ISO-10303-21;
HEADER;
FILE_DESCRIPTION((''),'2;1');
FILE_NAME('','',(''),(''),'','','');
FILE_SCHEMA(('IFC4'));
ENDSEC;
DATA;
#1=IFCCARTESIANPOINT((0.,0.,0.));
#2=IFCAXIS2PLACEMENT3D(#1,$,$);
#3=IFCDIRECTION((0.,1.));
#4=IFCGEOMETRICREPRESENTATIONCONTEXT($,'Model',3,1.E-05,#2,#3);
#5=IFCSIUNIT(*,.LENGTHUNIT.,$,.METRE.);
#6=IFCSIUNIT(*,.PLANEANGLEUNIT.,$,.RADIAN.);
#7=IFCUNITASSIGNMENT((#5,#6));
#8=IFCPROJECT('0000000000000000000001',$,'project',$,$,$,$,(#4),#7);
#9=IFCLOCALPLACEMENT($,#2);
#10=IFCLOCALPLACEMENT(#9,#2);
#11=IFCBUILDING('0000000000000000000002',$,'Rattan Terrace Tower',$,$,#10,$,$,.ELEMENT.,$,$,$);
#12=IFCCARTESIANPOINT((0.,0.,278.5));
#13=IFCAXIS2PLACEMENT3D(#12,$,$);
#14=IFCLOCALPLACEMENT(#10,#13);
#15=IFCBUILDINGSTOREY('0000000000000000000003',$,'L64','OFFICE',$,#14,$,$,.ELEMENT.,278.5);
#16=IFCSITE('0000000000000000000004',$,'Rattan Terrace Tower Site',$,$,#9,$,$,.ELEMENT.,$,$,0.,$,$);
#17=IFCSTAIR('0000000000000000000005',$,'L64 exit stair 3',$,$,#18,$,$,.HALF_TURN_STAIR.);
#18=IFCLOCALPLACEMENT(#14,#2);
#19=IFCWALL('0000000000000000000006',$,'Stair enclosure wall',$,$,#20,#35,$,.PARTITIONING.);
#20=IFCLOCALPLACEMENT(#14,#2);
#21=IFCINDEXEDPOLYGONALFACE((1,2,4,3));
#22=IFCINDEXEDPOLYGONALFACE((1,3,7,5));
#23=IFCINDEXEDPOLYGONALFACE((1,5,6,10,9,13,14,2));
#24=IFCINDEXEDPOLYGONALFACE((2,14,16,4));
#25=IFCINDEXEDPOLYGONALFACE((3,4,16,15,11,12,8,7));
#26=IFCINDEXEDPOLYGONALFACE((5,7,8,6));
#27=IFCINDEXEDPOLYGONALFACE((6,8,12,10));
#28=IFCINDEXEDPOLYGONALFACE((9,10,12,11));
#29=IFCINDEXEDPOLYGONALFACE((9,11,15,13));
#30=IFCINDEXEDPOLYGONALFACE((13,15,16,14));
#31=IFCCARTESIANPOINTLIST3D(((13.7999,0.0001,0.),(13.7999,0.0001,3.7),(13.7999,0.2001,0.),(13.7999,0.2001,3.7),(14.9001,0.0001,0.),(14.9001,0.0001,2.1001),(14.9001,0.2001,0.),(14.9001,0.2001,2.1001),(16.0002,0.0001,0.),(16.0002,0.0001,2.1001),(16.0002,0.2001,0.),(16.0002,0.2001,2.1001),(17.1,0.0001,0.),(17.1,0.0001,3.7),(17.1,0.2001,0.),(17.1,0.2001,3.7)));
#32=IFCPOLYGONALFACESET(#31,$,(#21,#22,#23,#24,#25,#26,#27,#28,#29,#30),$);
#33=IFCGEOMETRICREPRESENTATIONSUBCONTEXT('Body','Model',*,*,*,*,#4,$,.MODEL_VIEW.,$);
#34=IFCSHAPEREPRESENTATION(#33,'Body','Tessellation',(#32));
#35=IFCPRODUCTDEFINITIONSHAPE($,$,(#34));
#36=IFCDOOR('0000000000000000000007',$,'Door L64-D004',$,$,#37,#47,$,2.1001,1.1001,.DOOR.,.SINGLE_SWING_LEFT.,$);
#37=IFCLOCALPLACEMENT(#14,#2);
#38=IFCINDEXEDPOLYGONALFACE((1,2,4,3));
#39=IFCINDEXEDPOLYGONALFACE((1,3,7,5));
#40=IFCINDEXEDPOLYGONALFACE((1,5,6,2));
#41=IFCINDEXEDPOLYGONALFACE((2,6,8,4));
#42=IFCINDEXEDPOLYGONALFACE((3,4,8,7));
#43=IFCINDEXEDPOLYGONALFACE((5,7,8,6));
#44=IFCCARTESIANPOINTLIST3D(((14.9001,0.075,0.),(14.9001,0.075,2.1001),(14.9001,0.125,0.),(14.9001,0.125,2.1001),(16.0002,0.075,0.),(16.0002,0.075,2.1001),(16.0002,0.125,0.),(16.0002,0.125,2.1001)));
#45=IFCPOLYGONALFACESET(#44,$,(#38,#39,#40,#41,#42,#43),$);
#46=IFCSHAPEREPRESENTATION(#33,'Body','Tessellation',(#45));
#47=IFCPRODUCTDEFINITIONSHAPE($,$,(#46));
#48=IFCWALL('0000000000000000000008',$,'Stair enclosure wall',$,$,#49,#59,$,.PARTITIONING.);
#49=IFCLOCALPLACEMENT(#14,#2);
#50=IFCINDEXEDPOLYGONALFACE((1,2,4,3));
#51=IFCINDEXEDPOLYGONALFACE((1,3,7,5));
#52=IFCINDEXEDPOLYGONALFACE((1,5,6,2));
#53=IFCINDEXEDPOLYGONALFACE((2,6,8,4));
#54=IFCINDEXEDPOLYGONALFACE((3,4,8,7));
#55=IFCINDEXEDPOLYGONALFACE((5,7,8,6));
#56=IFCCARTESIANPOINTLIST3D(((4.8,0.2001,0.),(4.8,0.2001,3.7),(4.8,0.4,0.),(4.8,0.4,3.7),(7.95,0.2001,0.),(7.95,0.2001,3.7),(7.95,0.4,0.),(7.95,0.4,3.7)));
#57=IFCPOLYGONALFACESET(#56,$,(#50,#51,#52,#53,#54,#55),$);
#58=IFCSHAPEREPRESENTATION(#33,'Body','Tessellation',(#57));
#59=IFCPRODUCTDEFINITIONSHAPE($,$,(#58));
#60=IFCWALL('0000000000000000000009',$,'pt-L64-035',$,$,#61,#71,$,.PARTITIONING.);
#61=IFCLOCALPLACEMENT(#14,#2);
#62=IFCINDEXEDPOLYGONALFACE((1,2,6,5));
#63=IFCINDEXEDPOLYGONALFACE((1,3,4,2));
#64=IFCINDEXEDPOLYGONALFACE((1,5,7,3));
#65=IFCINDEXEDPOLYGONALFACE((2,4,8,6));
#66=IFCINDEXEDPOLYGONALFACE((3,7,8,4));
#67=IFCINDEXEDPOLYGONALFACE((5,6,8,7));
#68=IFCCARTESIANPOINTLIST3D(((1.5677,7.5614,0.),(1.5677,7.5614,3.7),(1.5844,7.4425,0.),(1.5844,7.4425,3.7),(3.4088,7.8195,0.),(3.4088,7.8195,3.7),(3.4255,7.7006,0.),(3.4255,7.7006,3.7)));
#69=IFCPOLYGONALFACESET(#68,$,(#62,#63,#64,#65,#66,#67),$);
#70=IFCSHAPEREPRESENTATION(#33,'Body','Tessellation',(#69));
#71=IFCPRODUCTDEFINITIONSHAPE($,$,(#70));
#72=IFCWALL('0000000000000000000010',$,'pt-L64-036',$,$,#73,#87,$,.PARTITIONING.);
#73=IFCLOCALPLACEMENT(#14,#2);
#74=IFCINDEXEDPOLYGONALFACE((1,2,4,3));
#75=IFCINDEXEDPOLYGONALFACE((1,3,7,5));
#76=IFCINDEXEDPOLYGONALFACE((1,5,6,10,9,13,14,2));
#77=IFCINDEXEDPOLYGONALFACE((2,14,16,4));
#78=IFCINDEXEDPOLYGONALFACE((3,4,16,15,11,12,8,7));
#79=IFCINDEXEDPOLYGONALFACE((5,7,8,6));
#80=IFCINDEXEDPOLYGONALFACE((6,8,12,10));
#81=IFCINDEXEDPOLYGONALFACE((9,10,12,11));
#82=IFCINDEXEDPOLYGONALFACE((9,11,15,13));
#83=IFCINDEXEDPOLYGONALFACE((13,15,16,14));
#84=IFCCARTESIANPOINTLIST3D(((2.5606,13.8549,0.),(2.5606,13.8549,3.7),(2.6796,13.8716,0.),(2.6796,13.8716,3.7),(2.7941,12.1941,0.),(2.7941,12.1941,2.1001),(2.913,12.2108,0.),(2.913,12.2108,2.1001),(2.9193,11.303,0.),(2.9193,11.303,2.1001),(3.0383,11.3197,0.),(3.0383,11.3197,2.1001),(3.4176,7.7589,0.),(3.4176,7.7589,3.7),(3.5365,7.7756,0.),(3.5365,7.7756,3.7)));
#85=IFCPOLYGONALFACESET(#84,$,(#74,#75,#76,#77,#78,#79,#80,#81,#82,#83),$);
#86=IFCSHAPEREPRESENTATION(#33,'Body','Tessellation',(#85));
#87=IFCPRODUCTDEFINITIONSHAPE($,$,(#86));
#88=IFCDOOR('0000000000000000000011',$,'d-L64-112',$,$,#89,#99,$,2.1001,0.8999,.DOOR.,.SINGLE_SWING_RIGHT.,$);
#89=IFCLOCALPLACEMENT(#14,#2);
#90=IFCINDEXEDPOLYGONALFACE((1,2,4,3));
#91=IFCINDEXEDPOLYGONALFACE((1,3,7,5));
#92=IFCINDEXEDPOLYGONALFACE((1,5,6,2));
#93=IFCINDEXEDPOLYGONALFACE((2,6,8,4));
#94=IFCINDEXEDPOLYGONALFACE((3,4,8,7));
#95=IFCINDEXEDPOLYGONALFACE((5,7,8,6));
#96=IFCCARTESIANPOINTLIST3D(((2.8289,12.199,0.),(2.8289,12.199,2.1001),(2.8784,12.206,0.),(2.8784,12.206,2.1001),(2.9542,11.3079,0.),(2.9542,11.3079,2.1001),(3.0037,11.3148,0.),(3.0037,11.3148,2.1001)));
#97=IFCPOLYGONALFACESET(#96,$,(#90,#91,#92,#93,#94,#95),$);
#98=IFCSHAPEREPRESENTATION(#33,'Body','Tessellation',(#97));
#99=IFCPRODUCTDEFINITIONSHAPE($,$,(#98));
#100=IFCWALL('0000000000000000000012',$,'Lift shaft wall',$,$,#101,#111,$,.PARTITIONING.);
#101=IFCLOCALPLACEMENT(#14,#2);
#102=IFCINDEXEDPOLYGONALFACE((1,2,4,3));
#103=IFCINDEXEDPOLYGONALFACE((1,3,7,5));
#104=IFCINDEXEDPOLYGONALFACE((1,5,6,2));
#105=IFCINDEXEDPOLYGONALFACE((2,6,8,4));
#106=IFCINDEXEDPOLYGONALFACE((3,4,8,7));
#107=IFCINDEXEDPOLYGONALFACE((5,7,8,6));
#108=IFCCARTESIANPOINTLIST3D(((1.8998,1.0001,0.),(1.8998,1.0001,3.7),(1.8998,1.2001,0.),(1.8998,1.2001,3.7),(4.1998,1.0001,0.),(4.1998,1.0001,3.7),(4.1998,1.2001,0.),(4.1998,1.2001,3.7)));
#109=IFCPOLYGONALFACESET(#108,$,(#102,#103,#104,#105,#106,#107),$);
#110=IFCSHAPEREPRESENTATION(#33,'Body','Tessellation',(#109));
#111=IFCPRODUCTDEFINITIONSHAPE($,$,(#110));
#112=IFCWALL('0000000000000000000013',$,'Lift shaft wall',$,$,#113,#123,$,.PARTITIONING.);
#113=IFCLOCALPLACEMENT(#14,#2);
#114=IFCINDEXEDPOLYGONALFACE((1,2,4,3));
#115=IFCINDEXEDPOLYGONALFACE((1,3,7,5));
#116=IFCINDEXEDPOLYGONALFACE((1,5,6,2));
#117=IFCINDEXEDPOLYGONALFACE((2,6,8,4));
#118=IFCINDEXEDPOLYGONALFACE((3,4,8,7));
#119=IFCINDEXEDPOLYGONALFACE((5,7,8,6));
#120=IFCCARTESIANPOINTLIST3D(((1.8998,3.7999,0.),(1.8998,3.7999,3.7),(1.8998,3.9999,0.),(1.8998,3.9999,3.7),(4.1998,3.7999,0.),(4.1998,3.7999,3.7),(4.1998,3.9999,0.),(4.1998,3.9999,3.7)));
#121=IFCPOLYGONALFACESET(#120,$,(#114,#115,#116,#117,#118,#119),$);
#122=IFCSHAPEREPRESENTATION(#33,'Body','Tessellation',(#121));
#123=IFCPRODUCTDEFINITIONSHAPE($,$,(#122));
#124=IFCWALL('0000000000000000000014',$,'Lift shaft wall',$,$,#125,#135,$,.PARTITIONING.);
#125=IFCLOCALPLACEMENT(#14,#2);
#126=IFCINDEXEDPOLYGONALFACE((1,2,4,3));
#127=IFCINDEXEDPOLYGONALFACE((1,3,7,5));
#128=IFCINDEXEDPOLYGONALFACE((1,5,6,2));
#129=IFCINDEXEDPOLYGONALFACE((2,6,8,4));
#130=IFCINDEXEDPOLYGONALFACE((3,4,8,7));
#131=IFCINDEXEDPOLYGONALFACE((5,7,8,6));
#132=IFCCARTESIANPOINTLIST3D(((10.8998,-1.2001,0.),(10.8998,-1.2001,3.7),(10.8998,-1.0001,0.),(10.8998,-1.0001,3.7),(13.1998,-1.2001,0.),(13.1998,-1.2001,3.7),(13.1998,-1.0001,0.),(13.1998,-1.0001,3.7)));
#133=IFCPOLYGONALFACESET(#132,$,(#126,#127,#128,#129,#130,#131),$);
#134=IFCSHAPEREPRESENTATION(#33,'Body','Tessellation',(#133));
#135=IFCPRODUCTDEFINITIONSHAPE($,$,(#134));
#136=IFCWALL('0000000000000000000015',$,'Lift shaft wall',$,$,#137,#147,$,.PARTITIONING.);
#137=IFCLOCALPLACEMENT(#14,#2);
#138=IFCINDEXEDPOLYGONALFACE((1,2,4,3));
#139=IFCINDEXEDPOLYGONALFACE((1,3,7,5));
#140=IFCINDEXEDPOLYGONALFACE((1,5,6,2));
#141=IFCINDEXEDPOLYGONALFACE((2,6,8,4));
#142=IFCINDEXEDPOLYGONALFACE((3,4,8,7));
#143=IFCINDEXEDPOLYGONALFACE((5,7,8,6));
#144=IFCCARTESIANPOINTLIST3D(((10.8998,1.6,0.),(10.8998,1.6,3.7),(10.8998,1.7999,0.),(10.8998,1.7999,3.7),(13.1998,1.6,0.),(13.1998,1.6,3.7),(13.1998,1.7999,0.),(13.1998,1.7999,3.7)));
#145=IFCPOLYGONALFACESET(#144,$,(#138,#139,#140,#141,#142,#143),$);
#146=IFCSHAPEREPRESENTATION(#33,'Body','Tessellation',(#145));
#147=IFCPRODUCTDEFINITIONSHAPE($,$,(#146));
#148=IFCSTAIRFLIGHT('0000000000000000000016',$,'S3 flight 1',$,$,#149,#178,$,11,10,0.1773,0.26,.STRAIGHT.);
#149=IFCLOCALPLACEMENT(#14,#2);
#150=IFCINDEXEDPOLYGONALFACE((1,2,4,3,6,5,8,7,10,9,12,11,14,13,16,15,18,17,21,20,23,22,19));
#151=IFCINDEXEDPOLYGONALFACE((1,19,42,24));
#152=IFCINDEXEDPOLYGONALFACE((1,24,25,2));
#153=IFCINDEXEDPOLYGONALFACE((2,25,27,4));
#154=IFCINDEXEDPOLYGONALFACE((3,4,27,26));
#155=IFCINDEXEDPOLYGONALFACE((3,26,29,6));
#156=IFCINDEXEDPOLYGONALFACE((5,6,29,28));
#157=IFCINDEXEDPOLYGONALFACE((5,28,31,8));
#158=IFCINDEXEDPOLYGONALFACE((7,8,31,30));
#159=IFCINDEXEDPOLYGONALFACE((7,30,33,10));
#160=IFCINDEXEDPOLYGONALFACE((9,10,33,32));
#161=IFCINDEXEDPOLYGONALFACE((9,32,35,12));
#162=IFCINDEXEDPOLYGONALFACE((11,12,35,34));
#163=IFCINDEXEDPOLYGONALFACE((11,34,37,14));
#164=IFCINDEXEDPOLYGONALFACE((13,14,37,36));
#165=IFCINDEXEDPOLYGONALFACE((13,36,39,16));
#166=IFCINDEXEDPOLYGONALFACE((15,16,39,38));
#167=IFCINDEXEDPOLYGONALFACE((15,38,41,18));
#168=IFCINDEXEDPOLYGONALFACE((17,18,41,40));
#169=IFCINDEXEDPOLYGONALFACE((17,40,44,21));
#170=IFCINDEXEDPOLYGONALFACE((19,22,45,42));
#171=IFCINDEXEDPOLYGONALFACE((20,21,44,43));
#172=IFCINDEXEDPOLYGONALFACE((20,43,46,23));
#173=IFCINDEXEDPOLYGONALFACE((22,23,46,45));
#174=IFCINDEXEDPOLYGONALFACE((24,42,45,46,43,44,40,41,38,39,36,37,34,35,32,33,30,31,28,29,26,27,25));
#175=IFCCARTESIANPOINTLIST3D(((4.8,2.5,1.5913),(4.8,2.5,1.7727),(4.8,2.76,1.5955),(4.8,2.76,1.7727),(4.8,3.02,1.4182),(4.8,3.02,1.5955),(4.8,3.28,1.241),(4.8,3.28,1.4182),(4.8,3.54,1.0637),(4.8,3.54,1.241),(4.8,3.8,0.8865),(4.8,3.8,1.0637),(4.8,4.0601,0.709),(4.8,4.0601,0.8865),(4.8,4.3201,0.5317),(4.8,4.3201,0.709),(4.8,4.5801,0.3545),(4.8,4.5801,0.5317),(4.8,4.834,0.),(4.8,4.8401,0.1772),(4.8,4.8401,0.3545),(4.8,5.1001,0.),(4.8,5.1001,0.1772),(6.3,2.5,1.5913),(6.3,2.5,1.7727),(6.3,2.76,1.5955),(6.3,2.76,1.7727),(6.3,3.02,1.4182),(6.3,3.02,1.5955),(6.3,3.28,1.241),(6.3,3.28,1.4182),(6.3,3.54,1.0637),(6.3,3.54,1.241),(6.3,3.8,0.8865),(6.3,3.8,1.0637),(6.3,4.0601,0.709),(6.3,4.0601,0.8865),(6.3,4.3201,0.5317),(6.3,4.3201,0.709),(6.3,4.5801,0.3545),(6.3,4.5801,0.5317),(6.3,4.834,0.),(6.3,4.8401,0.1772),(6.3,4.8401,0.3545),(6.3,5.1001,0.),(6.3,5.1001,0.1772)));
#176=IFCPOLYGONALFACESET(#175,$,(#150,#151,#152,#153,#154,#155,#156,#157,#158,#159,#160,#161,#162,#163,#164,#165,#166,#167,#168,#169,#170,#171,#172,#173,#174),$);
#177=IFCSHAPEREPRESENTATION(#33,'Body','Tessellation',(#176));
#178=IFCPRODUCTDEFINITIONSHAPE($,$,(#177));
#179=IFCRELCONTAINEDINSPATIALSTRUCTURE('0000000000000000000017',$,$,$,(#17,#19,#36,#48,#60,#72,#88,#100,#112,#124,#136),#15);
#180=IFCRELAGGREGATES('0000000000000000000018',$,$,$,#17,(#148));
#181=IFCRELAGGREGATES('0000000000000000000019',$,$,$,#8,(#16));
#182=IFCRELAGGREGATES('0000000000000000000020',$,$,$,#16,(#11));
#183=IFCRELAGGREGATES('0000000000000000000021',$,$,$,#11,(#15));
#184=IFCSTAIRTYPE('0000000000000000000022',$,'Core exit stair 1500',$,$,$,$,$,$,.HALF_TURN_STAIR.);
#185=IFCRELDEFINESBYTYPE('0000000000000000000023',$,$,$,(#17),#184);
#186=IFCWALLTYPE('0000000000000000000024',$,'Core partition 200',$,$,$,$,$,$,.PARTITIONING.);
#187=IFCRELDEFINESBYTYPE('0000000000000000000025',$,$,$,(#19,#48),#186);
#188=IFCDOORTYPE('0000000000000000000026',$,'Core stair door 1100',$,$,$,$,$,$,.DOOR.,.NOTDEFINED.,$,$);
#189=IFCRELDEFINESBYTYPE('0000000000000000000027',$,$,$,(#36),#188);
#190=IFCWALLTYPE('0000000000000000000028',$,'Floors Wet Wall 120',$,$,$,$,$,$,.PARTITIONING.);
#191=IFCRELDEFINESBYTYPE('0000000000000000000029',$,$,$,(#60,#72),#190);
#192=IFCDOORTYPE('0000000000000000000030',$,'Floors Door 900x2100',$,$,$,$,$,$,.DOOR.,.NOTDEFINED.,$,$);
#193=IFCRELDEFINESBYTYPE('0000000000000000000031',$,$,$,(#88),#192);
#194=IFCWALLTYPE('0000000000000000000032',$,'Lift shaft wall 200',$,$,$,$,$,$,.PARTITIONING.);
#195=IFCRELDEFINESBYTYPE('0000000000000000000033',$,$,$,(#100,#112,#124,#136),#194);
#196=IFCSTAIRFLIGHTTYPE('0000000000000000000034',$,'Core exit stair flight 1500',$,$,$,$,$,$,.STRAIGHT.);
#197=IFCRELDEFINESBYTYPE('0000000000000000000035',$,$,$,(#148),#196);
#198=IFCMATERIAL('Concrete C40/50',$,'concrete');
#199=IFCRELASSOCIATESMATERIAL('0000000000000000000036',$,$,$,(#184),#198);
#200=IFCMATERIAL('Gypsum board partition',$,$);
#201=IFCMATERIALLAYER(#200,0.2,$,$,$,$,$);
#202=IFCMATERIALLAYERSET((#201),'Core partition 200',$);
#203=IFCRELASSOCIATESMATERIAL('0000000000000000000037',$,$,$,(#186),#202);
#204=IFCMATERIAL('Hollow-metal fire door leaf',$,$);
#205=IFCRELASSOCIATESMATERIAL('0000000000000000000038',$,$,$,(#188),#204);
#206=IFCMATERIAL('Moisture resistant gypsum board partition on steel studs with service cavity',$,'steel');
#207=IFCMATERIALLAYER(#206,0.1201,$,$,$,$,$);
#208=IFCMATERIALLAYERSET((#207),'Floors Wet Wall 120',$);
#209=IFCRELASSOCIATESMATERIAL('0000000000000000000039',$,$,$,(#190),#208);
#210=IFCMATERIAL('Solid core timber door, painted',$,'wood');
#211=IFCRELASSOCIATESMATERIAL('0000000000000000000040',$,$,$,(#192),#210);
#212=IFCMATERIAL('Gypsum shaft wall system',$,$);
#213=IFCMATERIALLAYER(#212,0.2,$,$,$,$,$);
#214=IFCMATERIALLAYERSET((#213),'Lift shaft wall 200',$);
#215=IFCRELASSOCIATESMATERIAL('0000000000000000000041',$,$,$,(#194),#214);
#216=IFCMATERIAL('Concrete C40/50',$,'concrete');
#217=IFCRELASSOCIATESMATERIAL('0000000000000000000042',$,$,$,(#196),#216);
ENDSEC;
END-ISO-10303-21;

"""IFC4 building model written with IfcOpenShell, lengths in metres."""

from ifc_helpers import new_model, si_unit, direction, frame, frame_2d, origin, place, context, subcontext, project, spatial, polyline, rectangle, outline, extrude, material, layer, layer_set, type_object, element, fill, aggregate, save


model = new_model("IFC4")

# Units and contexts
model_context = context("Model", 3, precision=1e-05, world=origin(), true_north=direction((0.0, 1.0)))
body_context = subcontext(model_context, "Body", "Model", "MODEL_VIEW")
ifc_project = project(units=[si_unit("LENGTHUNIT", "METRE"), si_unit("PLANEANGLEUNIT", "RADIAN")], contexts=[model_context])

# Site, building, storey
site_placement = place(None, origin())
site = spatial("IfcSite", under=ifc_project, at=site_placement, Name="Rattan Terrace Tower Site", CompositionType="ELEMENT", RefElevation=0.0)
building_placement = place(site_placement, origin())
building = spatial("IfcBuilding", under=site, at=building_placement, Name="Rattan Terrace Tower", CompositionType="ELEMENT")
storey_placement = place(building_placement, frame((0.0, 0.0, 278.5)))
storey = spatial("IfcBuildingStorey", under=building, at=storey_placement, Name="L64", Description="OFFICE", CompositionType="ELEMENT", Elevation=278.5)

# Stair
ifc_material_1 = material(Name="Concrete C40/50", Category="concrete")
stair_type = type_object("IfcStairType", Name="Core exit stair 1500", PredefinedType="HALF_TURN_STAIR", material=ifc_material_1)
stair_placement = place(storey_placement, origin())
stair = element("IfcStair", 1, at=stair_placement, inside=storey, type_object=stair_type, Name="L64 exit stair 3", PredefinedType="HALF_TURN_STAIR")

# Wall, opening, door
ifc_material_2 = material(Name="Gypsum board partition")
ifc_layer_1 = layer(ifc_material_2, 0.2)
ifc_layer_set_1 = layer_set([ifc_layer_1], Name="Core partition 200")
wall_type_1 = type_object("IfcWallType", Name="Core partition 200", PredefinedType="PARTITIONING", material=ifc_layer_set_1)
wall_1_placement = place(storey_placement, frame((13.8, 0.1001, 0.0), z_axis=(0.0, 0.0, 1.0), x_axis=(1.0, 0.0, 0.0)))
wall_1 = element("IfcWall", 2, at=wall_1_placement, inside=storey, type_object=wall_type_1, Name="Stair enclosure wall", PredefinedType="PARTITIONING", context=body_context, shape_type="SweptSolid", body=[
    extrude(rectangle(XDim=3.3, YDim=0.2, at=frame_2d((1.6499, 0.0))), origin(), (0.0, 0.0, 1.0), 3.7),
])
opening_1_placement = place(wall_1_placement, frame((1.1001, 0.0, 0.0)))
opening_1 = element("IfcOpeningElement", 3, at=opening_1_placement, cuts=wall_1, PredefinedType="OPENING", context=body_context, shape_type="SweptSolid", body=[
    extrude(rectangle(XDim=1.1001, YDim=2.1001, at=frame_2d((0.55, 1.05))), frame((0.0, 0.1106, 0.0), z_axis=(0.0, -1.0, 0.0), x_axis=(1.0, 0.0, 0.0)), (0.0, 0.0, 1.0), 0.2209),
])
ifc_material_3 = material(Name="Hollow-metal fire door leaf")
door_type_1 = type_object("IfcDoorType", Name="Core stair door 1100", OperationType="NOTDEFINED", PredefinedType="DOOR", material=ifc_material_3)
door_1_placement = place(opening_1_placement, origin())
door_1 = element("IfcDoor", 4, at=door_1_placement, inside=storey, type_object=door_type_1, Name="Door L64-D004", OperationType="SINGLE_SWING_LEFT", OverallHeight=2.1001, OverallWidth=1.1001, PredefinedType="DOOR", context=body_context, shape_type="SweptSolid", body=[
    extrude(rectangle(XDim=1.1001, YDim=2.1001, at=frame_2d((0.55, 1.05))), frame((0.0, 0.0249, 0.0), z_axis=(0.0, -1.0, 0.0), x_axis=(1.0, 0.0, 0.0)), (0.0, 0.0, 1.0), 0.05),
])
fill(opening_1, door_1)

# Walls
wall_2_placement = place(storey_placement, frame((4.8, 0.3, 0.0), z_axis=(0.0, 0.0, 1.0), x_axis=(1.0, 0.0, 0.0)))
element("IfcWall", 5, at=wall_2_placement, inside=storey, type_object=wall_type_1, Name="Stair enclosure wall", PredefinedType="PARTITIONING", context=body_context, shape_type="SweptSolid", body=[
    extrude(rectangle(XDim=3.1499, YDim=0.2, at=frame_2d((1.575, 0.0))), origin(), (0.0, 0.0, 1.0), 3.7),
])
ifc_material_4 = material(Name="Moisture resistant gypsum board partition on steel studs with service cavity", Category="steel")
ifc_layer_2 = layer(ifc_material_4, 0.1201)
ifc_layer_set_2 = layer_set([ifc_layer_2], Name="Floors Wet Wall 120")
wall_type_2 = type_object("IfcWallType", Name="Floors Wet Wall 120", PredefinedType="PARTITIONING", material=ifc_layer_set_2)
wall_3_placement = place(storey_placement, frame((1.5759, 7.502, 0.0), z_axis=(0.0, 0.0, 1.0), x_axis=(0.990319, 0.13881, 0.0)))
element("IfcWall", 6, at=wall_3_placement, inside=storey, type_object=wall_type_2, Name="pt-L64-035", PredefinedType="PARTITIONING", context=body_context, shape_type="SweptSolid", body=[
    extrude(rectangle(XDim=1.8591, YDim=0.1201, at=frame_2d((0.9297, 0.0))), origin(), (0.0, 0.0, 1.0), 3.7),
])

# Wall, opening, door
wall_4_placement = place(storey_placement, frame((3.4771, 7.7671, 0.0), z_axis=(0.0, 0.0, 1.0), x_axis=(-0.139206, 0.990263, 0.0)))
wall_4 = element("IfcWall", 7, at=wall_4_placement, inside=storey, type_object=wall_type_2, Name="pt-L64-036", PredefinedType="PARTITIONING", context=body_context, shape_type="SweptSolid", body=[
    extrude(rectangle(XDim=6.156, YDim=0.1201, at=frame_2d((3.0781, 0.0))), origin(), (0.0, 0.0, 1.0), 3.7),
])
opening_2_placement = place(wall_4_placement, frame((3.5791, 0.0, 0.0)))
opening_2 = element("IfcOpeningElement", 8, at=opening_2_placement, cuts=wall_4, PredefinedType="OPENING", context=body_context, shape_type="SweptSolid", body=[
    extrude(rectangle(XDim=0.8999, YDim=2.1001, at=frame_2d((0.45, 1.05))), frame((0.0, 0.0706, 0.0), z_axis=(0.0, -1.0, 0.0), x_axis=(1.0, 0.0, 0.0)), (0.0, 0.0, 1.0), 0.1411),
])
ifc_material_5 = material(Name="Solid core timber door, painted", Category="wood")
door_type_2 = type_object("IfcDoorType", Name="Floors Door 900x2100", OperationType="NOTDEFINED", PredefinedType="DOOR", material=ifc_material_5)
door_2_placement = place(opening_2_placement, origin())
door_2 = element("IfcDoor", 9, at=door_2_placement, inside=storey, type_object=door_type_2, Name="d-L64-112", OperationType="SINGLE_SWING_RIGHT", OverallHeight=2.1001, OverallWidth=0.8999, PredefinedType="DOOR", context=body_context, shape_type="SweptSolid", body=[
    extrude(rectangle(XDim=0.8999, YDim=2.1001, at=frame_2d((0.45, 1.05))), frame((0.0, 0.0249, 0.0), z_axis=(0.0, -1.0, 0.0), x_axis=(1.0, 0.0, 0.0)), (0.0, 0.0, 1.0), 0.05),
])
fill(opening_2, door_2)

# Walls
ifc_material_6 = material(Name="Gypsum shaft wall system")
ifc_layer_3 = layer(ifc_material_6, 0.2)
ifc_layer_set_3 = layer_set([ifc_layer_3], Name="Lift shaft wall 200")
wall_type_3 = type_object("IfcWallType", Name="Lift shaft wall 200", PredefinedType="PARTITIONING", material=ifc_layer_set_3)
for number, where, z_axis, x_axis, name in (
    (10, (1.8999, 1.1001, 0.0), (0.0, 0.0, 1.0), (1.0, 0.0, 0.0), "Lift shaft wall"),
    (11, (1.8999, 3.8999, 0.0), (0.0, 0.0, 1.0), (1.0, 0.0, 0.0), "Lift shaft wall"),
    (12, (10.8999, -1.1001, 0.0), (0.0, 0.0, 1.0), (1.0, 0.0, 0.0), "Lift shaft wall"),
    (13, (10.8999, 1.7, 0.0), (0.0, 0.0, 1.0), (1.0, 0.0, 0.0), "Lift shaft wall"),
):
    element("IfcWall", number, at=place(storey_placement, frame(where, z_axis=z_axis, x_axis=x_axis)), inside=storey, type_object=wall_type_3, Name=name, PredefinedType="PARTITIONING", context=body_context, shape_type="SweptSolid", body=[
        extrude(rectangle(XDim=2.3, YDim=0.2, at=frame_2d((1.1499, 0.0))), origin(), (0.0, 0.0, 1.0), 3.7),
    ])

# Stair flight
ifc_material_7 = material(Name="Concrete C40/50", Category="concrete")
stair_flight_type = type_object("IfcStairFlightType", Name="Core exit stair flight 1500", PredefinedType="STRAIGHT", material=ifc_material_7)
stair_flight_1_placement = place(storey_placement, frame((5.55, 5.1001, 0.0), z_axis=(0.0, 0.0, 1.0), x_axis=(0.0, -1.0, 0.0)))
stair_flight_1 = element("IfcStairFlight", 14, at=stair_flight_1_placement, type_object=stair_flight_type, Name="S3 flight 1", NumberOfRisers=11, NumberOfTreads=10, PredefinedType="STRAIGHT", RiserHeight=0.1773, TreadLength=0.26, context=body_context, shape_type="SweptSolid", body=[
    extrude(outline(polyline([(0.0, 0.0), (0.0, 0.1772), (0.26, 0.1772), (0.26, 0.3545), (0.52, 0.3545), (0.52, 0.5317), (0.78, 0.5317), (0.78, 0.709), (1.04, 0.709), (1.04, 0.8865), (1.3, 0.8865), (1.3, 1.0637), (1.5601, 1.0637), (1.5601, 1.241), (1.8201, 1.241), (1.8201, 1.4182), (2.0801, 1.4182), (2.0801, 1.5955), (2.3401, 1.5955), (2.3401, 1.7727), (2.6001, 1.7727), (2.6001, 1.95), (2.6001, 1.5913), (0.2661, 0.0), (0.0, 0.0)])), frame((0.0, 0.75, 0.0), z_axis=(0.0, -1.0, 0.0), x_axis=(1.0, 0.0, 0.0)), (0.0, 0.0, 1.0), 1.5),
])
aggregate(stair, [stair_flight_1])

save(model, "model.ifc")
